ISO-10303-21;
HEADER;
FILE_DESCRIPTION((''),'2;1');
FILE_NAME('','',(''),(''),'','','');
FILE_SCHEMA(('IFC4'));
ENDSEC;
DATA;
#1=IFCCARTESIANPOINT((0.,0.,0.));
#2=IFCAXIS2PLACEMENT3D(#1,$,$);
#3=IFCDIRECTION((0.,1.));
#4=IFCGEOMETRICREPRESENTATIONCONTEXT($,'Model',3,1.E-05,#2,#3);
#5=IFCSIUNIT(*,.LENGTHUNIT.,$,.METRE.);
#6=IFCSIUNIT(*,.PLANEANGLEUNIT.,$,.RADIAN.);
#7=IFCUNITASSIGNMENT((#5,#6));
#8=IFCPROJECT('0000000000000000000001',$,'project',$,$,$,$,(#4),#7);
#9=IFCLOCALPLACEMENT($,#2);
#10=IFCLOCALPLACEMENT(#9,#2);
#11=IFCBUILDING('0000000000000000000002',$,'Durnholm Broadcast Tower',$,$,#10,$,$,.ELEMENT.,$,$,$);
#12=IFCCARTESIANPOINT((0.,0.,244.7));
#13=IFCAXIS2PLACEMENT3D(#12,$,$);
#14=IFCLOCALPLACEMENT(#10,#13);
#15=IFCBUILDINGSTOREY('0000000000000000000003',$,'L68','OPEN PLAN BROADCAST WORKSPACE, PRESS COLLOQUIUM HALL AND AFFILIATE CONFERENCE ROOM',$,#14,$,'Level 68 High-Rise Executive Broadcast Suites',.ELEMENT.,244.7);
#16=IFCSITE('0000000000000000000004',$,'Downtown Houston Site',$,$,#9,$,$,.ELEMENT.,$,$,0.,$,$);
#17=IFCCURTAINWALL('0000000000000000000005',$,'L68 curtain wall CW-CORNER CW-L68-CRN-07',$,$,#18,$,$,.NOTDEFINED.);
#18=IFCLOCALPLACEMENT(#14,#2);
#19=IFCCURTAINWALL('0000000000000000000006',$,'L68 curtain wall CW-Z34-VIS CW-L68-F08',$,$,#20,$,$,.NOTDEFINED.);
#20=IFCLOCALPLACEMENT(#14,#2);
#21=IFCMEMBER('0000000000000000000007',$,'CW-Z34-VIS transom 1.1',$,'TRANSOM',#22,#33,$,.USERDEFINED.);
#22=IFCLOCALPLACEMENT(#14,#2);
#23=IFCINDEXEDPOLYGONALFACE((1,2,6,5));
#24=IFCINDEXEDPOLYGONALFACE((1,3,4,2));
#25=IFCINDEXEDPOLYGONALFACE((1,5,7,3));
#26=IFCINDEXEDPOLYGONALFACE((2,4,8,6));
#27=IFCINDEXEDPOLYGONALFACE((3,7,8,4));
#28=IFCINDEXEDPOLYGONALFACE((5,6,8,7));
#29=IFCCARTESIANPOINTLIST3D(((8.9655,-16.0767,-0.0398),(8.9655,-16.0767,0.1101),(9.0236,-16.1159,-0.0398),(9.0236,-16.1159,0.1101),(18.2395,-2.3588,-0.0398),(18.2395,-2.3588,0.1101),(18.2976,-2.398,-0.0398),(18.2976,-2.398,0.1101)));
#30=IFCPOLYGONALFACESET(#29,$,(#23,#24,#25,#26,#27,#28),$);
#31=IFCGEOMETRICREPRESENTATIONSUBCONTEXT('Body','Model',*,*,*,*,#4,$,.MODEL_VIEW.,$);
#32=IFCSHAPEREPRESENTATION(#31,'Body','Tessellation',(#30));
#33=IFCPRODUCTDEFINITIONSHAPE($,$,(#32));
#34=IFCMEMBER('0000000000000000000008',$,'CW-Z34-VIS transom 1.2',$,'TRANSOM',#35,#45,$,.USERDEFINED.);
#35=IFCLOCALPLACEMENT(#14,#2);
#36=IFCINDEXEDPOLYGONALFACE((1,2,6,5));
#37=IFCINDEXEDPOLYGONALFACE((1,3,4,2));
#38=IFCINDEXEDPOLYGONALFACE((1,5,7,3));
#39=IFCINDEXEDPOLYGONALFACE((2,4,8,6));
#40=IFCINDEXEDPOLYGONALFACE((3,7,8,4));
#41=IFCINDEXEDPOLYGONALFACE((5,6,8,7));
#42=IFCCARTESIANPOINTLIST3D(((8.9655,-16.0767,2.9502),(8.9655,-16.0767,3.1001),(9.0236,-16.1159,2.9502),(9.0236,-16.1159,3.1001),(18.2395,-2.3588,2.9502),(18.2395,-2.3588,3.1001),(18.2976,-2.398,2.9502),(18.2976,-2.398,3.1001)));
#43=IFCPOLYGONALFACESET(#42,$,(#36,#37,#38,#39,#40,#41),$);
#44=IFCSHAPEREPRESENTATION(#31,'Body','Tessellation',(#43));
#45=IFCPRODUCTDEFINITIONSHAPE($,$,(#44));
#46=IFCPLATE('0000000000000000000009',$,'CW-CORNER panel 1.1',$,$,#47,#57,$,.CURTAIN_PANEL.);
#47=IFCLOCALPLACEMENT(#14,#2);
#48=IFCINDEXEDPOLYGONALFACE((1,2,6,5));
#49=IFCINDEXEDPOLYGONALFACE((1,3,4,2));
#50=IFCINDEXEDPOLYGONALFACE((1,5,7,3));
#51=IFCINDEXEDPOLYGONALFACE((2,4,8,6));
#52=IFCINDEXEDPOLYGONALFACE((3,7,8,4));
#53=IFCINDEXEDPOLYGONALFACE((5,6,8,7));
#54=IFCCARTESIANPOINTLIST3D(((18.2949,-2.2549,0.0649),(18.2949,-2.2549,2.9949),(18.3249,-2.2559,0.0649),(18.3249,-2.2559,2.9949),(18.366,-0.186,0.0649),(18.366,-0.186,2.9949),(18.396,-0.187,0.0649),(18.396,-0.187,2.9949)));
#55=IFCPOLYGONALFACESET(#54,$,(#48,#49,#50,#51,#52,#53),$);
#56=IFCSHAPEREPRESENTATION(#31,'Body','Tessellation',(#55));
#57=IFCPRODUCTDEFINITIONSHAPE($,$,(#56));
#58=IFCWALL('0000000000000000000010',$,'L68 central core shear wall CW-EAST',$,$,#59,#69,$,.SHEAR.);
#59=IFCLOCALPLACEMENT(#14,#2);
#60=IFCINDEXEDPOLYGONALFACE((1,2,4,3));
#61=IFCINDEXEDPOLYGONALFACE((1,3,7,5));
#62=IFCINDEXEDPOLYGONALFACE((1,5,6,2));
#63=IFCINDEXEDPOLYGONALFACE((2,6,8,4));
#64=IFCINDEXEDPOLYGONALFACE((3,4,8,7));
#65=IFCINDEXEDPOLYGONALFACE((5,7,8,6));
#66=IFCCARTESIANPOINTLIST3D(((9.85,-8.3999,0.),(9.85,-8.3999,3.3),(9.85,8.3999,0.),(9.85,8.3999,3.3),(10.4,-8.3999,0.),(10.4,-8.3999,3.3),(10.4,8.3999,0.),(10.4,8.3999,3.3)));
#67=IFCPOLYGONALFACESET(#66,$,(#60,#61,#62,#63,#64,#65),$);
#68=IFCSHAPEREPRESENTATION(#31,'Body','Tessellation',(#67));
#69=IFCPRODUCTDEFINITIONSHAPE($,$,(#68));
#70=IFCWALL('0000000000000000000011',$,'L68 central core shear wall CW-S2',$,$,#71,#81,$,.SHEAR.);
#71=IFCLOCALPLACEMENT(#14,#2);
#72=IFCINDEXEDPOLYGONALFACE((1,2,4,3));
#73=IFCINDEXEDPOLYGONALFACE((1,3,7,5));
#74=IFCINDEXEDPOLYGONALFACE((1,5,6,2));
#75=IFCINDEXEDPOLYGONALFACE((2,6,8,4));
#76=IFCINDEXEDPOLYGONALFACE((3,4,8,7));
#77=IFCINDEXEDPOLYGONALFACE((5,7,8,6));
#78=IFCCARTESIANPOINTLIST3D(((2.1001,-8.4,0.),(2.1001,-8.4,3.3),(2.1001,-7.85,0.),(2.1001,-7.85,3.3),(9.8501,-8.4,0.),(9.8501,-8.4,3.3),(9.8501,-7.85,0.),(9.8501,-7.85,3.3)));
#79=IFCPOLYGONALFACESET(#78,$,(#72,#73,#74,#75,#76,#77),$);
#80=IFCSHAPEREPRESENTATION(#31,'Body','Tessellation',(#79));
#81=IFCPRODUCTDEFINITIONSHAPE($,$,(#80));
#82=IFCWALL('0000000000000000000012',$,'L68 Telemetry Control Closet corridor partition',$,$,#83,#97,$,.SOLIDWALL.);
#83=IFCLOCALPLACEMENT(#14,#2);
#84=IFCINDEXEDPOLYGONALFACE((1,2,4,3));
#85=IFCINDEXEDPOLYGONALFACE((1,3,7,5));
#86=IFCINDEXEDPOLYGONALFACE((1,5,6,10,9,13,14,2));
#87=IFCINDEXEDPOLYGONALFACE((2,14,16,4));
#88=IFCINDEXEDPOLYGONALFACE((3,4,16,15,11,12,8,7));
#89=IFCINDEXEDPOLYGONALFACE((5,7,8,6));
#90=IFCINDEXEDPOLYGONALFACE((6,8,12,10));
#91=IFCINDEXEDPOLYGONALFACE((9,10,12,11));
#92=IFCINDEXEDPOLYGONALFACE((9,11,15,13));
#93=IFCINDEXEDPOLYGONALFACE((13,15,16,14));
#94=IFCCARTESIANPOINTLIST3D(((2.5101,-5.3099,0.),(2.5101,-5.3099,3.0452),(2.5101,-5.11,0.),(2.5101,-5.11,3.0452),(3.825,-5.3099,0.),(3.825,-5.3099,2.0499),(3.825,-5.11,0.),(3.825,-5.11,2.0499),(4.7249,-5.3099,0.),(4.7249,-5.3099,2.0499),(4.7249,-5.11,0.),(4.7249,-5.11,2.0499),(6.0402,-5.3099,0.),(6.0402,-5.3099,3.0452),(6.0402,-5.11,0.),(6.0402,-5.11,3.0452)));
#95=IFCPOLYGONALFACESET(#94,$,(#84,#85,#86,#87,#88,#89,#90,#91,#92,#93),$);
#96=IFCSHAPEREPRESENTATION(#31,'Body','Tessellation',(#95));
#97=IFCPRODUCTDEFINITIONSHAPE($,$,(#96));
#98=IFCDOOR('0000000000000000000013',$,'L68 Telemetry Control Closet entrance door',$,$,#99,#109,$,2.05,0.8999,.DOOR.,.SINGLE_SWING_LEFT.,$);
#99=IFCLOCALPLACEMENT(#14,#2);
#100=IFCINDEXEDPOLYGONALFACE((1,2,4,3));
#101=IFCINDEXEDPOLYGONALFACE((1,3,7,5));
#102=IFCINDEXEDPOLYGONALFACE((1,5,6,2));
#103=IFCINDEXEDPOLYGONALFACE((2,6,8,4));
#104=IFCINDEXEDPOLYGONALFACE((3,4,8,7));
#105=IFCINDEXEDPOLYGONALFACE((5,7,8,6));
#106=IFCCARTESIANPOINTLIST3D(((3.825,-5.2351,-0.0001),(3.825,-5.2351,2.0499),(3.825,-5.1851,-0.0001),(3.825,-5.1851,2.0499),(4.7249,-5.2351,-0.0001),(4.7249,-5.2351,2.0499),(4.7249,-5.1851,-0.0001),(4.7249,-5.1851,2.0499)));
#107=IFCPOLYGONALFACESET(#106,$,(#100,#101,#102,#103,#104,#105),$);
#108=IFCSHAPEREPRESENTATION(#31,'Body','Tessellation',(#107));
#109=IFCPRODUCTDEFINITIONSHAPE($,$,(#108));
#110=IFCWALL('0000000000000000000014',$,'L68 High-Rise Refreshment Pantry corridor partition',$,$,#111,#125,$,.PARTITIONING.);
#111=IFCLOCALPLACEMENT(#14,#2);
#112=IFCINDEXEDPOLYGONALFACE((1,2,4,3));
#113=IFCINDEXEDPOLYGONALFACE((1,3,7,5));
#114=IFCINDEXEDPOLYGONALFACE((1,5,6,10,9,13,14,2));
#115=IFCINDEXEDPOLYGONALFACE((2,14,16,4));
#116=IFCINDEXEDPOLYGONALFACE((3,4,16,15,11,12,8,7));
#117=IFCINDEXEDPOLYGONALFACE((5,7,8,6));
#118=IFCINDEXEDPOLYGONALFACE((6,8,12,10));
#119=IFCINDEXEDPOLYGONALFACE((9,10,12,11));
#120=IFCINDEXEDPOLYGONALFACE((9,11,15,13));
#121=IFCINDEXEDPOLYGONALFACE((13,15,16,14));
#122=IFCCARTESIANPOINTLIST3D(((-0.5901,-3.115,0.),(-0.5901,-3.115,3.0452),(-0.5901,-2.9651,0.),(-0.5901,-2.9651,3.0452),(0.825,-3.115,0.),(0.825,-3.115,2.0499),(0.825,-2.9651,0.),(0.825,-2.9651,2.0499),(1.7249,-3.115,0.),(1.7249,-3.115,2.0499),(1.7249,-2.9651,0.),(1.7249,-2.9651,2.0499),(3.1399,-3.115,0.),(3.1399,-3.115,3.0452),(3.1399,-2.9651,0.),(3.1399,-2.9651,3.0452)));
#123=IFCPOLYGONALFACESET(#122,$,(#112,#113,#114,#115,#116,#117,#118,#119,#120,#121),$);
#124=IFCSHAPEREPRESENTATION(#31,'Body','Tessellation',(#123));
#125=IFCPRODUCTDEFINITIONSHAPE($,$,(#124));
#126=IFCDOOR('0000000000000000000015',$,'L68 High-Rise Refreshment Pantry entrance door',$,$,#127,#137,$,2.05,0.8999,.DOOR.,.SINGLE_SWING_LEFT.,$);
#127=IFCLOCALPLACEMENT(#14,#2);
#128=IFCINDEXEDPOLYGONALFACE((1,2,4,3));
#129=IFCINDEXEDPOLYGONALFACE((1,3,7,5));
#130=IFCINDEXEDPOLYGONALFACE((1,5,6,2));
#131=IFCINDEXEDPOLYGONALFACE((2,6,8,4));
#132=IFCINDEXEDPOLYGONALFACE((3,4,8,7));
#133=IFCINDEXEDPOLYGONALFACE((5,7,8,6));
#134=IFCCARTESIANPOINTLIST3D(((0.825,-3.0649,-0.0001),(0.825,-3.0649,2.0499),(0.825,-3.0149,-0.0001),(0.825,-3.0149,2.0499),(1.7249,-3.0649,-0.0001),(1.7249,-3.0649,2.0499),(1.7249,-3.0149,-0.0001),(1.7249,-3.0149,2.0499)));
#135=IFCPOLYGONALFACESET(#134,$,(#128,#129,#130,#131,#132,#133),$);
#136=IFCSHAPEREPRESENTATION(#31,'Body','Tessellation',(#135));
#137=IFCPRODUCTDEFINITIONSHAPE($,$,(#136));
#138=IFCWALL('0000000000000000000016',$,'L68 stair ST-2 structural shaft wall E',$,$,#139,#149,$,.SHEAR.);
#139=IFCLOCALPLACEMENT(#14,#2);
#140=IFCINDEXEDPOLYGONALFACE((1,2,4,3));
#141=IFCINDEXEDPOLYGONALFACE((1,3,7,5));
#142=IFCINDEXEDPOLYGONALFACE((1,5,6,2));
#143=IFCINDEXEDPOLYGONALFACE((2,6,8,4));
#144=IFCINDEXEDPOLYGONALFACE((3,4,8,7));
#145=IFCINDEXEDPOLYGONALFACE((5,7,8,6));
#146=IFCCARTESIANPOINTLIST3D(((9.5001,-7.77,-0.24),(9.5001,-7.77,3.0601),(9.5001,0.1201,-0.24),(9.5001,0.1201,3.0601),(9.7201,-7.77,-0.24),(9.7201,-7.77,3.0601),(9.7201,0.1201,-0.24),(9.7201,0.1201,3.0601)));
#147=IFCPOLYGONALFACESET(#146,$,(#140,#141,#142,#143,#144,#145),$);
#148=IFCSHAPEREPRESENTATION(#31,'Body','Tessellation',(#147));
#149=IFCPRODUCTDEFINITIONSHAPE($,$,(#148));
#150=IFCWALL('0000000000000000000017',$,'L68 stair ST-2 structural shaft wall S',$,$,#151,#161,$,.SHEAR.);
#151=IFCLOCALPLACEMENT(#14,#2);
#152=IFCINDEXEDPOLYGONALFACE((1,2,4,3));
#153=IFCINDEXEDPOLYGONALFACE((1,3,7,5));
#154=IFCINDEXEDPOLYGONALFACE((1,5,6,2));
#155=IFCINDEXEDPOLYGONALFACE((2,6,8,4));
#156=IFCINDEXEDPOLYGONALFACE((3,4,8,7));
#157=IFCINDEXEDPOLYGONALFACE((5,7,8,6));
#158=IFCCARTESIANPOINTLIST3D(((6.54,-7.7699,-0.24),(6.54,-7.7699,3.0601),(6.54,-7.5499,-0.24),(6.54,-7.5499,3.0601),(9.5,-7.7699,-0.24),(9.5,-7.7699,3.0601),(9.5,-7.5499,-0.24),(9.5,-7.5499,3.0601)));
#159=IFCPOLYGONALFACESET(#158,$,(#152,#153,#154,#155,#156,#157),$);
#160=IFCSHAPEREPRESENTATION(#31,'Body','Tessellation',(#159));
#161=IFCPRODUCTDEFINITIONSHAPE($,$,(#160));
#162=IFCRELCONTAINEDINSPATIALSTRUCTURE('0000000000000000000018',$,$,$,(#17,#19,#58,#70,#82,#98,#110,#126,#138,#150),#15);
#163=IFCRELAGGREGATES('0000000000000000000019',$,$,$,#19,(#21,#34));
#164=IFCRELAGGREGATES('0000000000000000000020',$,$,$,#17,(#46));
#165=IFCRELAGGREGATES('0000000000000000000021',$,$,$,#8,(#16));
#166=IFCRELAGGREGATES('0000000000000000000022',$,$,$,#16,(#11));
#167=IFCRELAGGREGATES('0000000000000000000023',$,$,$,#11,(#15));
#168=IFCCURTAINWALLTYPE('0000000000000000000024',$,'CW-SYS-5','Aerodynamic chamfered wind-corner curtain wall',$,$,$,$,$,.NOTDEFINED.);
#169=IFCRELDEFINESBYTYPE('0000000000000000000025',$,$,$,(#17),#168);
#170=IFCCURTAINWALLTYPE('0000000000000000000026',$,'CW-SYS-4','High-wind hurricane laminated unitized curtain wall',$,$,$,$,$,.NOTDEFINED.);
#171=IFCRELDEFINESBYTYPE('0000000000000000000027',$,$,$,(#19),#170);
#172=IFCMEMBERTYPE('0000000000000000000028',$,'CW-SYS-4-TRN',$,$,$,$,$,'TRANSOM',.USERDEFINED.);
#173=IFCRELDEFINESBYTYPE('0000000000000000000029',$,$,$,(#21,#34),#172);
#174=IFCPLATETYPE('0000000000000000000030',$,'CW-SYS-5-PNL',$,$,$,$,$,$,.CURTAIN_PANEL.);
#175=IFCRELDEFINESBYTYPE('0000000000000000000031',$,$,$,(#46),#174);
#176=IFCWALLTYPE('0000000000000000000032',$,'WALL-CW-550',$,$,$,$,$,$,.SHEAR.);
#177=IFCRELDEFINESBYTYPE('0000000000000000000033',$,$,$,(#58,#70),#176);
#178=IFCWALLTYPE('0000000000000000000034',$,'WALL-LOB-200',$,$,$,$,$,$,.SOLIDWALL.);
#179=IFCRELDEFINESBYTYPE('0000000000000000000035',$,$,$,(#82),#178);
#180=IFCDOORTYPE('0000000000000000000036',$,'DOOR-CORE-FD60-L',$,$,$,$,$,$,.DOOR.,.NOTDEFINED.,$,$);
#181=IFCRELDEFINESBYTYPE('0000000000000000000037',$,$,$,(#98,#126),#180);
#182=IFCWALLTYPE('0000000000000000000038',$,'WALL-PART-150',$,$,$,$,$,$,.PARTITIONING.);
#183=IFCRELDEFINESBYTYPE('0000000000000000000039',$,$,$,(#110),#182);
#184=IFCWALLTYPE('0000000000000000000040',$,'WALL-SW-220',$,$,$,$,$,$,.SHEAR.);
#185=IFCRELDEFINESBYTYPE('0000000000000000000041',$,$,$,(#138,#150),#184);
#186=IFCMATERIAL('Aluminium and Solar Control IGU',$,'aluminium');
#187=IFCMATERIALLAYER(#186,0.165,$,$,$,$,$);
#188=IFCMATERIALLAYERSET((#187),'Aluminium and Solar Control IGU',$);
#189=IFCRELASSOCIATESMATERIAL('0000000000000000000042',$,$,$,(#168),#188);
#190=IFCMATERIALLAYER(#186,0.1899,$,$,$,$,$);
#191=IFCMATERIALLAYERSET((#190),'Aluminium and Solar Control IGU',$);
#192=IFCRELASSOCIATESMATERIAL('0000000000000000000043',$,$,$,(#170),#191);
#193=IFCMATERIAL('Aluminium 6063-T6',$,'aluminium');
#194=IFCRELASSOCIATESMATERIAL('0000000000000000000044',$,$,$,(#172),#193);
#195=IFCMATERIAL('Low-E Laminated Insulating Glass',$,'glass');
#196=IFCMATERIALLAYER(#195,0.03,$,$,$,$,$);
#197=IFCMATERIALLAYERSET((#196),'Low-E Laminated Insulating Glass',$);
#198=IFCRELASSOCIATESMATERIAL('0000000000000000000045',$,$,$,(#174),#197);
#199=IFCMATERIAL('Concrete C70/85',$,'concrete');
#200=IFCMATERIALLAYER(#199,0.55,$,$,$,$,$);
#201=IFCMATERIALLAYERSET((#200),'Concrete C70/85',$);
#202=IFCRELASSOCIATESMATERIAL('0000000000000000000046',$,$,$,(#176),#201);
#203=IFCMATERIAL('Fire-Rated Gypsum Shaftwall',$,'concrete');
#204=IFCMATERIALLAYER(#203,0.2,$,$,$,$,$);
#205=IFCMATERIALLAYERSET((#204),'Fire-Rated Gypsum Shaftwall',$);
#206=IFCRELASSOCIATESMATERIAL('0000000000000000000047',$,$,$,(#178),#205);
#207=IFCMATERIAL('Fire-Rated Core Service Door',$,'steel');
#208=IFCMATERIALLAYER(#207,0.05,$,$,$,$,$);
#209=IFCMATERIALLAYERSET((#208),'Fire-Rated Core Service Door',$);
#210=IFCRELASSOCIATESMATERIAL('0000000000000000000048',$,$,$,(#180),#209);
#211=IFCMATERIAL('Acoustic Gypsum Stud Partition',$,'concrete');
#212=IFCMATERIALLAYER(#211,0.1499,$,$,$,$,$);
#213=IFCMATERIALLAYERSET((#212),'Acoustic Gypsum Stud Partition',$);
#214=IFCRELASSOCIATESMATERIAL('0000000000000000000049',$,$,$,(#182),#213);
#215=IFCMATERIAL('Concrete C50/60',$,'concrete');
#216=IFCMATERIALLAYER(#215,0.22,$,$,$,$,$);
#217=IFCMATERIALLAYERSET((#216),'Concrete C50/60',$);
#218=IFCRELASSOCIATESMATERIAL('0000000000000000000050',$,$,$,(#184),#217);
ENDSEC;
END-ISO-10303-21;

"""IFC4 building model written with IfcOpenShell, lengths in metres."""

from ifc_helpers import new_model, si_unit, direction, frame, frame_2d, origin, origin_2d, place, context, subcontext, project, spatial, rectangle, extrude, source, transform, mapped, material, layer, layer_set, material_profile, profile_set, type_object, type_shapes, element, fill, aggregate, save


model = new_model("IFC4")

# Units and contexts
model_context = context("Model", 3, precision=1e-05, world=origin(), true_north=direction((0.0, 1.0)))
body_context = subcontext(model_context, "Body", "Model", "MODEL_VIEW")
ifc_project = project(units=[si_unit("LENGTHUNIT", "METRE"), si_unit("PLANEANGLEUNIT", "RADIAN")], contexts=[model_context])

# Site, building, storey
site_placement = place(None, origin())
site = spatial("IfcSite", under=ifc_project, at=site_placement, Name="Downtown Houston Site", CompositionType="ELEMENT", RefElevation=0.0)
building_placement = place(site_placement, origin())
building = spatial("IfcBuilding", under=site, at=building_placement, Name="Durnholm Broadcast Tower", CompositionType="ELEMENT")
storey_placement = place(building_placement, frame((0.0, 0.0, 244.7)))
storey = spatial("IfcBuildingStorey", under=building, at=storey_placement, Name="L68", Description="OPEN PLAN BROADCAST WORKSPACE, PRESS COLLOQUIUM HALL AND AFFILIATE CONFERENCE ROOM", LongName="Level 68 High-Rise Executive Broadcast Suites", CompositionType="ELEMENT", Elevation=244.7)

# Shared definitions
ifc_material_1 = material(Name="Concrete C70/85", Category="concrete")

# Curtain wall
ifc_material_2 = material(Name="Aluminium and Solar Control IGU", Category="aluminium")
ifc_layer_1 = layer(ifc_material_2, 0.165)
ifc_layer_set_1 = layer_set([ifc_layer_1], Name="Aluminium and Solar Control IGU")
curtain_wall_type_1 = type_object("IfcCurtainWallType", Name="CW-SYS-5", Description="Aerodynamic chamfered wind-corner curtain wall", PredefinedType="NOTDEFINED", material=ifc_layer_set_1)
curtain_wall_1_placement = place(storey_placement, origin())
curtain_wall_1 = element("IfcCurtainWall", 1, at=curtain_wall_1_placement, inside=storey, type_object=curtain_wall_type_1, Name="L68 curtain wall CW-CORNER CW-L68-CRN-07", PredefinedType="NOTDEFINED")
ifc_material_3 = material(Name="Aluminium 6063-T6", Category="aluminium")

# Curtain wall, members
ifc_layer_2 = layer(ifc_material_2, 0.1899)
ifc_layer_set_2 = layer_set([ifc_layer_2], Name="Aluminium and Solar Control IGU")
curtain_wall_type_2 = type_object("IfcCurtainWallType", Name="CW-SYS-4", Description="High-wind hurricane laminated unitized curtain wall", PredefinedType="NOTDEFINED", material=ifc_layer_set_2)
curtain_wall_2_placement = place(storey_placement, origin())
curtain_wall_2 = element("IfcCurtainWall", 2, at=curtain_wall_2_placement, inside=storey, type_object=curtain_wall_type_2, Name="L68 curtain wall CW-Z34-VIS CW-L68-F08", PredefinedType="NOTDEFINED")
ifc_material_profile_1 = material_profile(ifc_material_3, rectangle(XDim=0.0701, YDim=0.1499, at=origin_2d()), Name="CWT70X150")
ifc_profile_set_1 = profile_set([ifc_material_profile_1], Name="Aluminium 6063-T6")
member_type_1 = type_object("IfcMemberType", Name="CW-SYS-4-TRN", ElementType="TRANSOM", PredefinedType="USERDEFINED", material=ifc_profile_set_1)
shared_shape_1 = source(origin(), body_context, "Body", "SweptSolid", [
    extrude(rectangle(XDim=0.0701, YDim=0.1499, at=origin_2d()), origin(), (0.0, 0.0, 1.0), 16.5586),
])
type_shapes(member_type_1, [shared_shape_1])
member_1_placement = place(storey_placement, frame((18.2686, -2.3784, 0.0352), z_axis=(-0.560071, -0.828444, 0.0), x_axis=(0.828444, -0.560071, 0.0)))
member_1 = element("IfcMember", 3, at=member_1_placement, type_object=member_type_1, Name="CW-Z34-VIS transom 1.1", ObjectType="TRANSOM", PredefinedType="USERDEFINED", context=body_context, shape_type="MappedRepresentation", body=[
    mapped(shared_shape_1, transform((0.0, 0.0, 0.0), x_axis=(1.0, 0.0, 0.0), y_axis=(0.0, 1.0, 0.0), z_axis=(0.0, 0.0, 1.0), scale=1.0)),
])
member_2_placement = place(storey_placement, frame((18.2686, -2.3784, 3.0251), z_axis=(-0.560071, -0.828444, 0.0), x_axis=(0.828444, -0.560071, 0.0)))
member_2 = element("IfcMember", 4, at=member_2_placement, type_object=member_type_1, Name="CW-Z34-VIS transom 1.2", ObjectType="TRANSOM", PredefinedType="USERDEFINED", context=body_context, shape_type="MappedRepresentation", body=[
    mapped(shared_shape_1, transform((0.0, 0.0, 0.0), x_axis=(1.0, 0.0, 0.0), y_axis=(0.0, 1.0, 0.0), z_axis=(0.0, 0.0, 1.0), scale=1.0)),
])
aggregate(curtain_wall_2, [member_1, member_2])

# Plate
ifc_material_4 = material(Name="Low-E Laminated Insulating Glass", Category="glass")
ifc_layer_3 = layer(ifc_material_4, 0.03)
ifc_layer_set_3 = layer_set([ifc_layer_3], Name="Low-E Laminated Insulating Glass")
plate_type = type_object("IfcPlateType", Name="CW-SYS-5-PNL", PredefinedType="CURTAIN_PANEL", material=ifc_layer_set_3)
shared_shape_2 = source(origin(), body_context, "Body", "SweptSolid", [
    extrude(rectangle(XDim=2.0701, YDim=0.03, at=origin_2d()), origin(), (0.0, 0.0, 1.0), 2.9299),
])
type_shapes(plate_type, [shared_shape_2])
plate_placement = place(storey_placement, frame((18.3455, -1.2209, 0.0649), z_axis=(0.0, 0.0, 1.0), x_axis=(-0.034318, -0.999411, 0.0)))
plate = element("IfcPlate", 5, at=plate_placement, type_object=plate_type, Name="CW-CORNER panel 1.1", PredefinedType="CURTAIN_PANEL", context=body_context, shape_type="MappedRepresentation", body=[
    mapped(shared_shape_2, transform((0.0, 0.0, 0.0), x_axis=(1.0, 0.0, 0.0), y_axis=(0.0, 1.0, 0.0), z_axis=(0.0, 0.0, 1.0), scale=1.0)),
])
aggregate(curtain_wall_1, [plate])

# Walls
ifc_layer_4 = layer(ifc_material_1, 0.55)
ifc_layer_set_4 = layer_set([ifc_layer_4], Name="Concrete C70/85")
wall_type_1 = type_object("IfcWallType", Name="WALL-CW-550", PredefinedType="SHEAR", material=ifc_layer_set_4)
wall_1_placement = place(storey_placement, frame((10.125, -8.3999, 0.0), z_axis=(0.0, 0.0, 1.0), x_axis=(0.0, 1.0, 0.0)))
element("IfcWall", 6, at=wall_1_placement, inside=storey, type_object=wall_type_1, Name="L68 central core shear wall CW-EAST", PredefinedType="SHEAR", context=body_context, shape_type="SweptSolid", body=[
    extrude(rectangle(XDim=16.7998, YDim=0.55, at=frame_2d((8.3999, 0.0))), origin(), (0.0, 0.0, 1.0), 3.3),
])
wall_2_placement = place(storey_placement, frame((2.1001, -8.125, 0.0), z_axis=(0.0, 0.0, 1.0), x_axis=(1.0, 0.0, 0.0)))
element("IfcWall", 7, at=wall_2_placement, inside=storey, type_object=wall_type_1, Name="L68 central core shear wall CW-S2", PredefinedType="SHEAR", context=body_context, shape_type="SweptSolid", body=[
    extrude(rectangle(XDim=7.75, YDim=0.55, at=frame_2d((3.875, 0.0))), origin(), (0.0, 0.0, 1.0), 3.3),
])

# Walls, openings, doors
ifc_material_5 = material(Name="Fire-Rated Gypsum Shaftwall", Category="concrete")
ifc_layer_5 = layer(ifc_material_5, 0.2)
ifc_layer_set_5 = layer_set([ifc_layer_5], Name="Fire-Rated Gypsum Shaftwall")
wall_type_2 = type_object("IfcWallType", Name="WALL-LOB-200", PredefinedType="SOLIDWALL", material=ifc_layer_set_5)
wall_3_placement = place(storey_placement, frame((2.51, -5.21, 0.0), z_axis=(0.0, 0.0, 1.0), x_axis=(1.0, 0.0, 0.0)))
wall_3 = element("IfcWall", 8, at=wall_3_placement, inside=storey, type_object=wall_type_2, Name="L68 Telemetry Control Closet corridor partition", PredefinedType="SOLIDWALL", context=body_context, shape_type="SweptSolid", body=[
    extrude(rectangle(XDim=3.53, YDim=0.2, at=frame_2d((1.7651, 0.0))), origin(), (0.0, 0.0, 1.0), 3.0452),
])
opening_1_placement = place(wall_3_placement, frame((1.3149, 0.0, 0.0)))
opening_1 = element("IfcOpeningElement", 9, at=opening_1_placement, cuts=wall_3, PredefinedType="OPENING", context=body_context, shape_type="SweptSolid", body=[
    extrude(rectangle(XDim=0.8999, YDim=2.05, at=frame_2d((0.45, 1.0249))), frame((0.0, 0.1099, 0.0), z_axis=(0.0, -1.0, 0.0), x_axis=(1.0, 0.0, 0.0)), (0.0, 0.0, 1.0), 0.22),
])
ifc_material_6 = material(Name="Fire-Rated Core Service Door", Category="steel")
ifc_layer_6 = layer(ifc_material_6, 0.05)
ifc_layer_set_6 = layer_set([ifc_layer_6], Name="Fire-Rated Core Service Door")
door_type_1 = type_object("IfcDoorType", Name="DOOR-CORE-FD60-L", OperationType="NOTDEFINED", PredefinedType="DOOR", material=ifc_layer_set_6)
shared_shape_3 = source(origin(), body_context, "Body", "SweptSolid", [
    extrude(rectangle(XDim=0.8999, YDim=2.05, at=frame_2d((0.45, 1.0249))), frame((0.0, 0.0249, 0.0), z_axis=(0.0, -1.0, 0.0), x_axis=(1.0, 0.0, 0.0)), (0.0, 0.0, 1.0), 0.05),
])
type_shapes(door_type_1, [shared_shape_3])
door_1_placement = place(opening_1_placement, origin())
door_1 = element("IfcDoor", 10, at=door_1_placement, inside=storey, type_object=door_type_1, Name="L68 Telemetry Control Closet entrance door", OperationType="SINGLE_SWING_LEFT", OverallHeight=2.05, OverallWidth=0.8999, PredefinedType="DOOR", context=body_context, shape_type="MappedRepresentation", body=[
    mapped(shared_shape_3, transform((0.0, 0.0, 0.0), x_axis=(1.0, 0.0, 0.0), y_axis=(0.0, 1.0, 0.0), z_axis=(0.0, 0.0, 1.0), scale=1.0)),
])
fill(opening_1, door_1)
ifc_material_7 = material(Name="Acoustic Gypsum Stud Partition", Category="concrete")
ifc_layer_7 = layer(ifc_material_7, 0.1499)
ifc_layer_set_7 = layer_set([ifc_layer_7], Name="Acoustic Gypsum Stud Partition")
wall_type_3 = type_object("IfcWallType", Name="WALL-PART-150", PredefinedType="PARTITIONING", material=ifc_layer_set_7)
wall_4_placement = place(storey_placement, frame((3.1399, -3.04, 0.0), z_axis=(0.0, 0.0, 1.0), x_axis=(-1.0, 0.0, 0.0)))
wall_4 = element("IfcWall", 11, at=wall_4_placement, inside=storey, type_object=wall_type_3, Name="L68 High-Rise Refreshment Pantry corridor partition", PredefinedType="PARTITIONING", context=body_context, shape_type="SweptSolid", body=[
    extrude(rectangle(XDim=3.73, YDim=0.1499, at=frame_2d((1.865, 0.0))), origin(), (0.0, 0.0, 1.0), 3.0452),
])
opening_2_placement = place(wall_4_placement, frame((1.415, 0.0, 0.0)))
opening_2 = element("IfcOpeningElement", 12, at=opening_2_placement, cuts=wall_4, PredefinedType="OPENING", context=body_context, shape_type="SweptSolid", body=[
    extrude(rectangle(XDim=0.8999, YDim=2.05, at=frame_2d((0.45, 1.0249))), frame((0.0, 0.085, 0.0), z_axis=(0.0, -1.0, 0.0), x_axis=(1.0, 0.0, 0.0)), (0.0, 0.0, 1.0), 0.1699),
])
door_2_placement = place(opening_2_placement, origin())
door_2 = element("IfcDoor", 13, at=door_2_placement, inside=storey, type_object=door_type_1, Name="L68 High-Rise Refreshment Pantry entrance door", OperationType="SINGLE_SWING_LEFT", OverallHeight=2.05, OverallWidth=0.8999, PredefinedType="DOOR", context=body_context, shape_type="MappedRepresentation", body=[
    mapped(shared_shape_3, transform((0.0, 0.0, 0.0), x_axis=(1.0, 0.0, 0.0), y_axis=(0.0, 1.0, 0.0), z_axis=(0.0, 0.0, 1.0), scale=1.0)),
])
fill(opening_2, door_2)

# Walls
ifc_material_8 = material(Name="Concrete C50/60", Category="concrete")
ifc_layer_8 = layer(ifc_material_8, 0.22)
ifc_layer_set_8 = layer_set([ifc_layer_8], Name="Concrete C50/60")
wall_type_4 = type_object("IfcWallType", Name="WALL-SW-220", PredefinedType="SHEAR", material=ifc_layer_set_8)
wall_5_placement = place(storey_placement, frame((9.6101, -7.77, -0.24), z_axis=(0.0, 0.0, 1.0), x_axis=(0.0, 1.0, 0.0)))
element("IfcWall", 14, at=wall_5_placement, inside=storey, type_object=wall_type_4, Name="L68 stair ST-2 structural shaft wall E", PredefinedType="SHEAR", context=body_context, shape_type="SweptSolid", body=[
    extrude(rectangle(XDim=7.8901, YDim=0.22, at=frame_2d((3.9451, 0.0))), origin(), (0.0, 0.0, 1.0), 3.3),
])
wall_6_placement = place(storey_placement, frame((6.54, -7.6599, -0.24), z_axis=(0.0, 0.0, 1.0), x_axis=(1.0, 0.0, 0.0)))
element("IfcWall", 15, at=wall_6_placement, inside=storey, type_object=wall_type_4, Name="L68 stair ST-2 structural shaft wall S", PredefinedType="SHEAR", context=body_context, shape_type="SweptSolid", body=[
    extrude(rectangle(XDim=2.96, YDim=0.22, at=frame_2d((1.48, 0.0))), origin(), (0.0, 0.0, 1.0), 3.3),
])

save(model, "model.ifc")
